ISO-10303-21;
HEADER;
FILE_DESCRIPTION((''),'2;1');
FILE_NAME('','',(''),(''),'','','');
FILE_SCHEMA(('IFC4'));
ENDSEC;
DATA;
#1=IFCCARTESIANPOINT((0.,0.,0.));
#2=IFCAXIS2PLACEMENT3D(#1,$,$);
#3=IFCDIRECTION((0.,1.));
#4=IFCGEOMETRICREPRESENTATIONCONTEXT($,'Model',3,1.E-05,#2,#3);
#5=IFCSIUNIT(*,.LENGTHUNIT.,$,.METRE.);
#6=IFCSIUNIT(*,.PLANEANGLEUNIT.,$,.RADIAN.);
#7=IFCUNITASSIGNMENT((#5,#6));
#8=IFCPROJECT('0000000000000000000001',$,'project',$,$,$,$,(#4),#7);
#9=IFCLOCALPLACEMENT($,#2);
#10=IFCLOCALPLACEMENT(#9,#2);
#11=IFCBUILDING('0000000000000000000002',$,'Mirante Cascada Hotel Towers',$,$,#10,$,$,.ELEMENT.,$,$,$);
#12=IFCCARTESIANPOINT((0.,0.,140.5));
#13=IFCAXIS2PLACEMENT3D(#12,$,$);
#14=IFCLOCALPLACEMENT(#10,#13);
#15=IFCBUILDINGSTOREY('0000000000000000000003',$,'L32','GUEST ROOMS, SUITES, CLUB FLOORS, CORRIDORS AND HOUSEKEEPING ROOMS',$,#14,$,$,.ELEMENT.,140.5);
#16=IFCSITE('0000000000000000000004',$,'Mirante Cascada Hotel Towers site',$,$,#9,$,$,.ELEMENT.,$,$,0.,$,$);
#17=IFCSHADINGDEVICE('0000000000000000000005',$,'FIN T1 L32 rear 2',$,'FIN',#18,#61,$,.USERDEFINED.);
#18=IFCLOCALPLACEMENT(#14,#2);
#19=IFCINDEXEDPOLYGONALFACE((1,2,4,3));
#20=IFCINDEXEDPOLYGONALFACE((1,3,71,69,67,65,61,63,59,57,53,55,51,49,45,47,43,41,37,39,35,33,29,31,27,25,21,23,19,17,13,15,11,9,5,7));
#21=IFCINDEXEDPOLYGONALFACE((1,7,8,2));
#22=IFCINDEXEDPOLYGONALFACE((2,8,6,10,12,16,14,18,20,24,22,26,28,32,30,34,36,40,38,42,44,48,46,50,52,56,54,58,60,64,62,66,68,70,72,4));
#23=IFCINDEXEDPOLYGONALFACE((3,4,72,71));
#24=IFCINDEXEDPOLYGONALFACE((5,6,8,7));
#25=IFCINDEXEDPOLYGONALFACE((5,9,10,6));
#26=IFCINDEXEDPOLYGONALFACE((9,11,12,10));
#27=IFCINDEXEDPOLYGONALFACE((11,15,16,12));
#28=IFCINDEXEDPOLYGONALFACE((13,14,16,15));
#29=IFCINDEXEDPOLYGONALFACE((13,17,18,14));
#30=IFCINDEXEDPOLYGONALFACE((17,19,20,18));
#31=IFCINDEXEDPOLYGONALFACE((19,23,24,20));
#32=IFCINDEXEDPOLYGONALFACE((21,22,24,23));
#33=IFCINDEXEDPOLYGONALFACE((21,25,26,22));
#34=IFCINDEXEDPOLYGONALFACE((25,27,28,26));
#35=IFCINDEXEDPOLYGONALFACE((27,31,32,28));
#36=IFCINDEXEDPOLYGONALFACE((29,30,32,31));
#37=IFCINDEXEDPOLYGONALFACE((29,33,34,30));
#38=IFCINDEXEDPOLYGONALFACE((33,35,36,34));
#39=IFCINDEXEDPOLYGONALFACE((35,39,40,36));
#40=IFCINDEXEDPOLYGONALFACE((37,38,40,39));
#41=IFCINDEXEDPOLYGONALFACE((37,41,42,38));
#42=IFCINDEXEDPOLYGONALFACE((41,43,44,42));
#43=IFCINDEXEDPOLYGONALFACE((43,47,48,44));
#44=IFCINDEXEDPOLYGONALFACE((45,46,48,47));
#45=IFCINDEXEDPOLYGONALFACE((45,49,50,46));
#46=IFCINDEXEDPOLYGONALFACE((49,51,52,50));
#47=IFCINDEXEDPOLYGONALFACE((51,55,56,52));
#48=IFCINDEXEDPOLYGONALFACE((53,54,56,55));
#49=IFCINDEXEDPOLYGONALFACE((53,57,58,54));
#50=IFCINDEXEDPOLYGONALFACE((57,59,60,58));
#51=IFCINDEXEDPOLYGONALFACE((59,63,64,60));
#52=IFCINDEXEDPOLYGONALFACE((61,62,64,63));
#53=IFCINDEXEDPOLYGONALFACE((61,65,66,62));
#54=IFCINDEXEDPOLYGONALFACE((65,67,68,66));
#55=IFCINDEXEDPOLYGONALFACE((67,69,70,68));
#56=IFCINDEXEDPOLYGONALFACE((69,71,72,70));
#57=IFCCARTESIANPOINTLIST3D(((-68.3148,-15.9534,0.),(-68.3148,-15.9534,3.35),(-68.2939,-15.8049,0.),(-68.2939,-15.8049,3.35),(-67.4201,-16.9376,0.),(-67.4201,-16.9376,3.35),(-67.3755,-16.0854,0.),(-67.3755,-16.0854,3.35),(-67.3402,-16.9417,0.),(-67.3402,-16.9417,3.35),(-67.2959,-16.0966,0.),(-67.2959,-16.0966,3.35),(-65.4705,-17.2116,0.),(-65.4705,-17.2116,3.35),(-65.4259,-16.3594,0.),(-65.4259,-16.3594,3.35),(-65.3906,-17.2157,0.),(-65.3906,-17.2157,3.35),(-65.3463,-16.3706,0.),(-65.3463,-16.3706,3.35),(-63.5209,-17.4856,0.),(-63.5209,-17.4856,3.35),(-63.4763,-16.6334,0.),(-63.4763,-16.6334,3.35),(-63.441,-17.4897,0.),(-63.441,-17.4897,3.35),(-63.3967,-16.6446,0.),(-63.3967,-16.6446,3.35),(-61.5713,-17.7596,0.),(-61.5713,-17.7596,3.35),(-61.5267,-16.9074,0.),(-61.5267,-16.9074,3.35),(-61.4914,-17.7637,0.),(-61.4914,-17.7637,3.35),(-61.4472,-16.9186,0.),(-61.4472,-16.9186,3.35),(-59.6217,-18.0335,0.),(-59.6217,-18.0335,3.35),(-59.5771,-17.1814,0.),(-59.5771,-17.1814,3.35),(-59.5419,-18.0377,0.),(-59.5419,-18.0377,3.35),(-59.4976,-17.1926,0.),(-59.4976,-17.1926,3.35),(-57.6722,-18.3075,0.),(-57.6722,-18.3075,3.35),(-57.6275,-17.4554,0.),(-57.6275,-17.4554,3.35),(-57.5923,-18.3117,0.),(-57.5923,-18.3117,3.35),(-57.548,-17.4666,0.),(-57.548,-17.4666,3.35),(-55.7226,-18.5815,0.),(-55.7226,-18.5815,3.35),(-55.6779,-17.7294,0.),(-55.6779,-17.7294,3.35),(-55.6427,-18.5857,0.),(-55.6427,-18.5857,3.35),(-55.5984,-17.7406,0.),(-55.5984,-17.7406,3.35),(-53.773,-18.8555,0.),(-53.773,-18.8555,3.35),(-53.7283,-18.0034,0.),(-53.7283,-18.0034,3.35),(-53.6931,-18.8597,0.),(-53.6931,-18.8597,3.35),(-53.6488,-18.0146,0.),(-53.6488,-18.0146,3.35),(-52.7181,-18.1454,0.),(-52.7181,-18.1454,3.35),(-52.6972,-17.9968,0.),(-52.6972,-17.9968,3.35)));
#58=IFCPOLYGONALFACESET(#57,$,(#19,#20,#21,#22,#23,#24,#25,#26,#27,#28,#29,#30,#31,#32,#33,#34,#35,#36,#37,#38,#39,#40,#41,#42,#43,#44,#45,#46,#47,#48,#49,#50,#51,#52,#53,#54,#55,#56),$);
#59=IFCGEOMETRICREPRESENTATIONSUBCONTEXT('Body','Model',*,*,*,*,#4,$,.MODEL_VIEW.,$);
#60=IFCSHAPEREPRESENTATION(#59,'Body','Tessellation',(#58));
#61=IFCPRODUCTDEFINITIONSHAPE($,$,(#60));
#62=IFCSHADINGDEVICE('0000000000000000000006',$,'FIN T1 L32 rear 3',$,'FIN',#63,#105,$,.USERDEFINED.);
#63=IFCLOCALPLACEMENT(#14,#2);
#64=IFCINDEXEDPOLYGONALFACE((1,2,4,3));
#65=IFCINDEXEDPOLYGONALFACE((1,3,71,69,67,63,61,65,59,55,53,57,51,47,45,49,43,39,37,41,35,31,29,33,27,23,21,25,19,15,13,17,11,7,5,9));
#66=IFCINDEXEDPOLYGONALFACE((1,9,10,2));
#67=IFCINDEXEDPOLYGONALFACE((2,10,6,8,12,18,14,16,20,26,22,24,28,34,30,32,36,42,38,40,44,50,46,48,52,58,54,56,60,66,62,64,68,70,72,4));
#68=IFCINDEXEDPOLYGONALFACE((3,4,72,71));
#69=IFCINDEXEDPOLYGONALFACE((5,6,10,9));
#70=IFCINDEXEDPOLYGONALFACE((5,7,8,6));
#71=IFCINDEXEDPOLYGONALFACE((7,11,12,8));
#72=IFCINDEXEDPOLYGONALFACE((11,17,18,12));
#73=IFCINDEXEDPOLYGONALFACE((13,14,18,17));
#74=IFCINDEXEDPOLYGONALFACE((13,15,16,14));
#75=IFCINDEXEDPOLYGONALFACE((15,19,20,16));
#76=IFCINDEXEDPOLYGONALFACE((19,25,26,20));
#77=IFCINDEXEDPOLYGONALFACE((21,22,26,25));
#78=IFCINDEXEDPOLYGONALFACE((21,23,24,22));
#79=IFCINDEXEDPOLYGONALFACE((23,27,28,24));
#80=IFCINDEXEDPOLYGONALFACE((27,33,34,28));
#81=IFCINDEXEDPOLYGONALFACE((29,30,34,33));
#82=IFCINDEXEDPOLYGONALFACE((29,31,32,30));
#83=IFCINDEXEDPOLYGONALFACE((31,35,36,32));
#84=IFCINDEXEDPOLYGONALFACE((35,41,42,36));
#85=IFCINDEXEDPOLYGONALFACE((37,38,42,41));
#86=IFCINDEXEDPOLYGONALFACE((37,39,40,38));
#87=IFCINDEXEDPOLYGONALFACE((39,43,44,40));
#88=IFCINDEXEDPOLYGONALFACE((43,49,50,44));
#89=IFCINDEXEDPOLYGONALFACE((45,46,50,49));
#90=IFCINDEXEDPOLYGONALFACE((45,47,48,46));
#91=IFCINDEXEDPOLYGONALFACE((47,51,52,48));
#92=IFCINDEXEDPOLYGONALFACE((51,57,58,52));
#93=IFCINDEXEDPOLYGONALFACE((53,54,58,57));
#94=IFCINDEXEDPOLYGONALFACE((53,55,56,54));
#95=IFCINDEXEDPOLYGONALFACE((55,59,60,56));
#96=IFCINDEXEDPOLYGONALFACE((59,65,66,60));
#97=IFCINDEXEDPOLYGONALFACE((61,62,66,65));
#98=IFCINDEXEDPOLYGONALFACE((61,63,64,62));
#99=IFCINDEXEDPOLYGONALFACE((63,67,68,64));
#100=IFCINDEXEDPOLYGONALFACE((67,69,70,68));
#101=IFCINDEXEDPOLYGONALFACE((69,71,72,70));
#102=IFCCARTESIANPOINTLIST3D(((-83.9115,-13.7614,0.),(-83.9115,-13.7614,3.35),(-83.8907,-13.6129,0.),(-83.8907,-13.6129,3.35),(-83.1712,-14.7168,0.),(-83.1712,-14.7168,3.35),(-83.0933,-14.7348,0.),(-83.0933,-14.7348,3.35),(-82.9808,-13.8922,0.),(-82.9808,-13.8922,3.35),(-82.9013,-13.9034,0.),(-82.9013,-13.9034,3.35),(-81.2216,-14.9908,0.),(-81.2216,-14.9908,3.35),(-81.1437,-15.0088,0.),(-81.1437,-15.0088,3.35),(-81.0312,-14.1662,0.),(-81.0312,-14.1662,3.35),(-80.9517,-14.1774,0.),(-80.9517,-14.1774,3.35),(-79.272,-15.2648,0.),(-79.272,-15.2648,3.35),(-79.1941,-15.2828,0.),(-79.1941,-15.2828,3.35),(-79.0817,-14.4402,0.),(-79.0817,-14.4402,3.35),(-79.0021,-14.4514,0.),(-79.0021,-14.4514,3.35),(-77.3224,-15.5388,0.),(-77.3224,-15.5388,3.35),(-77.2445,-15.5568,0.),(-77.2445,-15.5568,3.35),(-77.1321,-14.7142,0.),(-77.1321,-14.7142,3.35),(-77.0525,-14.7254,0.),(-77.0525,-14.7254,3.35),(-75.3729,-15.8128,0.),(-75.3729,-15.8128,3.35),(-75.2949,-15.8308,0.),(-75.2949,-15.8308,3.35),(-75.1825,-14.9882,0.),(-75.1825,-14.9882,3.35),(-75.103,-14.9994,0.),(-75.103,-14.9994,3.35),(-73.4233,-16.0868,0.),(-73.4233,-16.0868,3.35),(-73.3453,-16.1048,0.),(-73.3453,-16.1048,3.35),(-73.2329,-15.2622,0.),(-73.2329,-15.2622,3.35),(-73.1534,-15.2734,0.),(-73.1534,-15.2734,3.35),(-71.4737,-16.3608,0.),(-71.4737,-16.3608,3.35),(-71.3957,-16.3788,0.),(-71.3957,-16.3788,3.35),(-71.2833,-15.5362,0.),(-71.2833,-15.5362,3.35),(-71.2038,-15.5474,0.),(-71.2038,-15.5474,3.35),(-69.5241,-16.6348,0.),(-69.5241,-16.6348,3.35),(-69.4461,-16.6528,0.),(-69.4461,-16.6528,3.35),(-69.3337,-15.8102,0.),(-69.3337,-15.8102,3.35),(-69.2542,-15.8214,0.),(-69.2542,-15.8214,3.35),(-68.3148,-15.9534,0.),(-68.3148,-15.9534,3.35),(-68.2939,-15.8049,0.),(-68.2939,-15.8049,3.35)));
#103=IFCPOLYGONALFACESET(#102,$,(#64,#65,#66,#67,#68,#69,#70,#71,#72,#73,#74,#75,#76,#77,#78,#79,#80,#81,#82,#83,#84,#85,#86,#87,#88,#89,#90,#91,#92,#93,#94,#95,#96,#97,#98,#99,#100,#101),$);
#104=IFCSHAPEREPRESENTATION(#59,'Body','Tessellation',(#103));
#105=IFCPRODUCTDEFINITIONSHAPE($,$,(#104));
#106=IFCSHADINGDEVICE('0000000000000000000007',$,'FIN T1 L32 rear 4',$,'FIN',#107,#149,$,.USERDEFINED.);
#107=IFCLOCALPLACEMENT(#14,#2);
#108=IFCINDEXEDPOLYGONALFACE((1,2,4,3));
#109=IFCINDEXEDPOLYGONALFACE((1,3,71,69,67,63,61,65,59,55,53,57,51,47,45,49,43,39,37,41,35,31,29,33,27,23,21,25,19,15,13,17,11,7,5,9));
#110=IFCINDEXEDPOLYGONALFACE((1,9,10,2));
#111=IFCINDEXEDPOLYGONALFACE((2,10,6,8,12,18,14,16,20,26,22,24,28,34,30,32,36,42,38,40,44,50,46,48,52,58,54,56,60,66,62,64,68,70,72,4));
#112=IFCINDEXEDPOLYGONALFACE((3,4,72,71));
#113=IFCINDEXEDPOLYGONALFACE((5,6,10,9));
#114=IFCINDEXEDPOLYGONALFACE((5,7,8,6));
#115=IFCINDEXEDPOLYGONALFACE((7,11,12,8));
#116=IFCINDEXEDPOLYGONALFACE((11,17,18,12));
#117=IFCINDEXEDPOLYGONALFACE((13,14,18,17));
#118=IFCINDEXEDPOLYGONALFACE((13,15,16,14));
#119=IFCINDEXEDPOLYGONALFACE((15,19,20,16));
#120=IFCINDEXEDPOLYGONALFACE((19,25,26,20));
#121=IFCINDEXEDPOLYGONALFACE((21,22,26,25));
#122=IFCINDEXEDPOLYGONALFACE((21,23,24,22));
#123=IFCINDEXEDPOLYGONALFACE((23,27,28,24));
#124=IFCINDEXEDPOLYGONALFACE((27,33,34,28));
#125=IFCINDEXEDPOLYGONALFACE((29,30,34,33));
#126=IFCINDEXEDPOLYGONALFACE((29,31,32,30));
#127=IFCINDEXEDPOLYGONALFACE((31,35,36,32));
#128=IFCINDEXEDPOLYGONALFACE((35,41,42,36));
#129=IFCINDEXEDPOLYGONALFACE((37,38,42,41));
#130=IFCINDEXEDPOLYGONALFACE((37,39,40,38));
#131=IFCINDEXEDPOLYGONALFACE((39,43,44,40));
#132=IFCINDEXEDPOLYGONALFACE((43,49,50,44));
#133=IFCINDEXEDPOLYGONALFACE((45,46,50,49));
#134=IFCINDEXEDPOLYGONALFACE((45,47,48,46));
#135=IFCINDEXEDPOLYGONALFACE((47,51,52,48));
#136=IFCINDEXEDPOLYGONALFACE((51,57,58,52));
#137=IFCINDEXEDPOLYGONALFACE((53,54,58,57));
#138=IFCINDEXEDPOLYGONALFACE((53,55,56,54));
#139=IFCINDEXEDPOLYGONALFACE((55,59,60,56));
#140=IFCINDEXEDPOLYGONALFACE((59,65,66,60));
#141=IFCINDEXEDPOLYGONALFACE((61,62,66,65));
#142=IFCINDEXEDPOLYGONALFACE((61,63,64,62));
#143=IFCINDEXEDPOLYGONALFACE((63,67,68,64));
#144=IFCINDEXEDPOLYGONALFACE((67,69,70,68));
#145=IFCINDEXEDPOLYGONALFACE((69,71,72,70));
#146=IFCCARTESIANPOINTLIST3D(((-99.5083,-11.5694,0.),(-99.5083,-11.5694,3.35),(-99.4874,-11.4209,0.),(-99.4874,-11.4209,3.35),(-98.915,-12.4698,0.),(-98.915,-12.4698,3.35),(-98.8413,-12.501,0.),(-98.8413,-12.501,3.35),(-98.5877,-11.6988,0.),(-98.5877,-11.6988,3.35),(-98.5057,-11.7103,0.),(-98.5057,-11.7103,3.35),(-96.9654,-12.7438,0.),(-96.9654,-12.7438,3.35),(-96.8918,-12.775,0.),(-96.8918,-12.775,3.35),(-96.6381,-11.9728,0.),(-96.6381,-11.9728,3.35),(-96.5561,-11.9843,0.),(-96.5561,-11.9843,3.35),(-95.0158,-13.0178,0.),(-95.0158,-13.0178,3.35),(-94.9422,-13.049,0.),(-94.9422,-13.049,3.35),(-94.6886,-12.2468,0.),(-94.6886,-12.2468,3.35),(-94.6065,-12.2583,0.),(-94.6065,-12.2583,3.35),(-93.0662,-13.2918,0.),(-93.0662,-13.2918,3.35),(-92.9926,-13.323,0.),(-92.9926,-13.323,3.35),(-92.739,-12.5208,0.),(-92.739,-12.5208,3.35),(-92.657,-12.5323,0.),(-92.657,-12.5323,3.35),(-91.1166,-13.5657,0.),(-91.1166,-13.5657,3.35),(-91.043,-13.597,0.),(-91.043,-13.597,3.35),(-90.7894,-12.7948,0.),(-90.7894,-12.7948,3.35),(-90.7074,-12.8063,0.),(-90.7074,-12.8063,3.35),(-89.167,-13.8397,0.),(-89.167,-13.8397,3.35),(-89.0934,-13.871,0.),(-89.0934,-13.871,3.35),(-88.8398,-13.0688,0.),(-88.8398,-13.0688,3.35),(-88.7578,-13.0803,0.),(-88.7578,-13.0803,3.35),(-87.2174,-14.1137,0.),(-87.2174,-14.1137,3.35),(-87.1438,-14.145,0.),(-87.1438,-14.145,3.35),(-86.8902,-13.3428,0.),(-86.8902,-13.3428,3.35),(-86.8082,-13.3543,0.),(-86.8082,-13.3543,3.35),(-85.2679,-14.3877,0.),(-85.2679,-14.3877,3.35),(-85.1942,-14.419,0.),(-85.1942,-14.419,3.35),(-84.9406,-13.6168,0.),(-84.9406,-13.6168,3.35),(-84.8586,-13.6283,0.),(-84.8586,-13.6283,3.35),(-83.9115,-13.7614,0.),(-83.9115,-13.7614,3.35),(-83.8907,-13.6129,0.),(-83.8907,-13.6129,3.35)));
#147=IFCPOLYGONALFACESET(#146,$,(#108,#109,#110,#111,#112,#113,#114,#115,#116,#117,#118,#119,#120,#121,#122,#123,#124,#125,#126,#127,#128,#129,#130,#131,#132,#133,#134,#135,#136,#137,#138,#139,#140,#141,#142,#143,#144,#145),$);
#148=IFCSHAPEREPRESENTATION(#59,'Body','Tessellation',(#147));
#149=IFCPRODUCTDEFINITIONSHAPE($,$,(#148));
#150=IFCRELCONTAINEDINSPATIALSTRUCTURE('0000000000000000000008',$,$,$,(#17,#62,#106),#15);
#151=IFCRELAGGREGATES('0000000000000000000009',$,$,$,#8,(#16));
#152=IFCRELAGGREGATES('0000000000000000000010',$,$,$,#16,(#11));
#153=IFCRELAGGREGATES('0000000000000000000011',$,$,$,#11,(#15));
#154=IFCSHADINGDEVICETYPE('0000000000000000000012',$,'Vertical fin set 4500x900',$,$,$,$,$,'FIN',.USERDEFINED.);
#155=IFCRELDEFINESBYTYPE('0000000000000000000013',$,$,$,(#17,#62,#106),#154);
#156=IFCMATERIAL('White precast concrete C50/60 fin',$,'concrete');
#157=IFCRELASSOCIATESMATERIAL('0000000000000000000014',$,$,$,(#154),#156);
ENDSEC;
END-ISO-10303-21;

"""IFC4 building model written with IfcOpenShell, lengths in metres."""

from ifc_helpers import new_model, si_unit, direction, frame, origin, place, context, subcontext, project, spatial, polyline, outline, extrude, material, type_object, element, save


model = new_model("IFC4")

# Units and contexts
model_context = context("Model", 3, precision=1e-05, world=origin(), true_north=direction((0.0, 1.0)))
body_context = subcontext(model_context, "Body", "Model", "MODEL_VIEW")
ifc_project = project(units=[si_unit("LENGTHUNIT", "METRE"), si_unit("PLANEANGLEUNIT", "RADIAN")], contexts=[model_context])

# Site, building, storey
site_placement = place(None, origin())
site = spatial("IfcSite", under=ifc_project, at=site_placement, Name="Mirante Cascada Hotel Towers site", CompositionType="ELEMENT", RefElevation=0.0)
building_placement = place(site_placement, origin())
building = spatial("IfcBuilding", under=site, at=building_placement, Name="Mirante Cascada Hotel Towers", CompositionType="ELEMENT")
storey_placement = place(building_placement, frame((0.0, 0.0, 140.5)))
storey = spatial("IfcBuildingStorey", under=building, at=storey_placement, Name="L32", Description="GUEST ROOMS, SUITES, CLUB FLOORS, CORRIDORS AND HOUSEKEEPING ROOMS", CompositionType="ELEMENT", Elevation=140.5)

# Shading devices
ifc_material_1 = material(Name="White precast concrete C50/60 fin", Category="concrete")
shading_device_type = type_object("IfcShadingDeviceType", Name="Vertical fin set 4500x900", ElementType="FIN", PredefinedType="USERDEFINED", material=ifc_material_1)
shading_device_1_placement = place(storey_placement, origin())
element("IfcShadingDevice", 1, at=shading_device_1_placement, inside=storey, type_object=shading_device_type, Name="FIN T1 L32 rear 2", ObjectType="FIN", PredefinedType="USERDEFINED", context=body_context, shape_type="SweptSolid", body=[
    extrude(outline(polyline([(-53.7283, -18.0034), (-55.5984, -17.7406), (-55.6427, -18.5857), (-55.7226, -18.5815), (-55.6779, -17.7294), (-57.548, -17.4666), (-57.5923, -18.3117), (-57.6722, -18.3075), (-57.6275, -17.4554), (-59.4976, -17.1926), (-59.5419, -18.0377), (-59.6217, -18.0335), (-59.5771, -17.1814), (-61.4472, -16.9186), (-61.4914, -17.7637), (-61.5713, -17.7596), (-61.5267, -16.9074), (-63.3967, -16.6446), (-63.441, -17.4897), (-63.5209, -17.4856), (-63.4763, -16.6334), (-65.3463, -16.3706), (-65.3906, -17.2157), (-65.4705, -17.2116), (-65.4259, -16.3594), (-67.2959, -16.0966), (-67.3402, -16.9417), (-67.4201, -16.9376), (-67.3755, -16.0854), (-68.3148, -15.9534), (-68.2939, -15.8049), (-52.6972, -17.9968), (-52.7181, -18.1454), (-53.6488, -18.0146), (-53.6931, -18.8597), (-53.773, -18.8555), (-53.7283, -18.0034)])), origin(), (0.0, 0.0, 1.0), 3.35),
])
shading_device_2_placement = place(storey_placement, origin())
element("IfcShadingDevice", 2, at=shading_device_2_placement, inside=storey, type_object=shading_device_type, Name="FIN T1 L32 rear 3", ObjectType="FIN", PredefinedType="USERDEFINED", context=body_context, shape_type="SweptSolid", body=[
    extrude(outline(polyline([(-69.3337, -15.8102), (-71.2038, -15.5474), (-71.3957, -16.3788), (-71.4737, -16.3608), (-71.2833, -15.5362), (-73.1534, -15.2734), (-73.3453, -16.1048), (-73.4233, -16.0868), (-73.2329, -15.2622), (-75.103, -14.9994), (-75.2949, -15.8308), (-75.3729, -15.8128), (-75.1825, -14.9882), (-77.0525, -14.7254), (-77.2445, -15.5568), (-77.3224, -15.5388), (-77.1321, -14.7142), (-79.0021, -14.4514), (-79.1941, -15.2828), (-79.272, -15.2648), (-79.0817, -14.4402), (-80.9517, -14.1774), (-81.1437, -15.0088), (-81.2216, -14.9908), (-81.0312, -14.1662), (-82.9013, -13.9034), (-83.0933, -14.7348), (-83.1712, -14.7168), (-82.9808, -13.8922), (-83.9115, -13.7614), (-83.8907, -13.6129), (-68.2939, -15.8049), (-68.3148, -15.9534), (-69.2542, -15.8214), (-69.4461, -16.6528), (-69.5241, -16.6348), (-69.3337, -15.8102)])), origin(), (0.0, 0.0, 1.0), 3.35),
])
shading_device_3_placement = place(storey_placement, origin())
element("IfcShadingDevice", 3, at=shading_device_3_placement, inside=storey, type_object=shading_device_type, Name="FIN T1 L32 rear 4", ObjectType="FIN", PredefinedType="USERDEFINED", context=body_context, shape_type="SweptSolid", body=[
    extrude(outline(polyline([(-84.9406, -13.6168), (-86.8082, -13.3543), (-87.1438, -14.145), (-87.2174, -14.1137), (-86.8902, -13.3428), (-88.7578, -13.0803), (-89.0934, -13.871), (-89.167, -13.8397), (-88.8398, -13.0688), (-90.7074, -12.8063), (-91.043, -13.597), (-91.1166, -13.5657), (-90.7894, -12.7948), (-92.657, -12.5323), (-92.9926, -13.323), (-93.0662, -13.2918), (-92.739, -12.5208), (-94.6065, -12.2583), (-94.9422, -13.049), (-95.0158, -13.0178), (-94.6886, -12.2468), (-96.5561, -11.9843), (-96.8918, -12.775), (-96.9654, -12.7438), (-96.6381, -11.9728), (-98.5057, -11.7103), (-98.8413, -12.501), (-98.915, -12.4698), (-98.5877, -11.6988), (-99.5083, -11.5694), (-99.4874, -11.4209), (-83.8907, -13.6129), (-83.9115, -13.7614), (-84.8586, -13.6283), (-85.1942, -14.419), (-85.2679, -14.3877), (-84.9406, -13.6168)])), origin(), (0.0, 0.0, 1.0), 3.35),
])

save(model, "model.ifc")
